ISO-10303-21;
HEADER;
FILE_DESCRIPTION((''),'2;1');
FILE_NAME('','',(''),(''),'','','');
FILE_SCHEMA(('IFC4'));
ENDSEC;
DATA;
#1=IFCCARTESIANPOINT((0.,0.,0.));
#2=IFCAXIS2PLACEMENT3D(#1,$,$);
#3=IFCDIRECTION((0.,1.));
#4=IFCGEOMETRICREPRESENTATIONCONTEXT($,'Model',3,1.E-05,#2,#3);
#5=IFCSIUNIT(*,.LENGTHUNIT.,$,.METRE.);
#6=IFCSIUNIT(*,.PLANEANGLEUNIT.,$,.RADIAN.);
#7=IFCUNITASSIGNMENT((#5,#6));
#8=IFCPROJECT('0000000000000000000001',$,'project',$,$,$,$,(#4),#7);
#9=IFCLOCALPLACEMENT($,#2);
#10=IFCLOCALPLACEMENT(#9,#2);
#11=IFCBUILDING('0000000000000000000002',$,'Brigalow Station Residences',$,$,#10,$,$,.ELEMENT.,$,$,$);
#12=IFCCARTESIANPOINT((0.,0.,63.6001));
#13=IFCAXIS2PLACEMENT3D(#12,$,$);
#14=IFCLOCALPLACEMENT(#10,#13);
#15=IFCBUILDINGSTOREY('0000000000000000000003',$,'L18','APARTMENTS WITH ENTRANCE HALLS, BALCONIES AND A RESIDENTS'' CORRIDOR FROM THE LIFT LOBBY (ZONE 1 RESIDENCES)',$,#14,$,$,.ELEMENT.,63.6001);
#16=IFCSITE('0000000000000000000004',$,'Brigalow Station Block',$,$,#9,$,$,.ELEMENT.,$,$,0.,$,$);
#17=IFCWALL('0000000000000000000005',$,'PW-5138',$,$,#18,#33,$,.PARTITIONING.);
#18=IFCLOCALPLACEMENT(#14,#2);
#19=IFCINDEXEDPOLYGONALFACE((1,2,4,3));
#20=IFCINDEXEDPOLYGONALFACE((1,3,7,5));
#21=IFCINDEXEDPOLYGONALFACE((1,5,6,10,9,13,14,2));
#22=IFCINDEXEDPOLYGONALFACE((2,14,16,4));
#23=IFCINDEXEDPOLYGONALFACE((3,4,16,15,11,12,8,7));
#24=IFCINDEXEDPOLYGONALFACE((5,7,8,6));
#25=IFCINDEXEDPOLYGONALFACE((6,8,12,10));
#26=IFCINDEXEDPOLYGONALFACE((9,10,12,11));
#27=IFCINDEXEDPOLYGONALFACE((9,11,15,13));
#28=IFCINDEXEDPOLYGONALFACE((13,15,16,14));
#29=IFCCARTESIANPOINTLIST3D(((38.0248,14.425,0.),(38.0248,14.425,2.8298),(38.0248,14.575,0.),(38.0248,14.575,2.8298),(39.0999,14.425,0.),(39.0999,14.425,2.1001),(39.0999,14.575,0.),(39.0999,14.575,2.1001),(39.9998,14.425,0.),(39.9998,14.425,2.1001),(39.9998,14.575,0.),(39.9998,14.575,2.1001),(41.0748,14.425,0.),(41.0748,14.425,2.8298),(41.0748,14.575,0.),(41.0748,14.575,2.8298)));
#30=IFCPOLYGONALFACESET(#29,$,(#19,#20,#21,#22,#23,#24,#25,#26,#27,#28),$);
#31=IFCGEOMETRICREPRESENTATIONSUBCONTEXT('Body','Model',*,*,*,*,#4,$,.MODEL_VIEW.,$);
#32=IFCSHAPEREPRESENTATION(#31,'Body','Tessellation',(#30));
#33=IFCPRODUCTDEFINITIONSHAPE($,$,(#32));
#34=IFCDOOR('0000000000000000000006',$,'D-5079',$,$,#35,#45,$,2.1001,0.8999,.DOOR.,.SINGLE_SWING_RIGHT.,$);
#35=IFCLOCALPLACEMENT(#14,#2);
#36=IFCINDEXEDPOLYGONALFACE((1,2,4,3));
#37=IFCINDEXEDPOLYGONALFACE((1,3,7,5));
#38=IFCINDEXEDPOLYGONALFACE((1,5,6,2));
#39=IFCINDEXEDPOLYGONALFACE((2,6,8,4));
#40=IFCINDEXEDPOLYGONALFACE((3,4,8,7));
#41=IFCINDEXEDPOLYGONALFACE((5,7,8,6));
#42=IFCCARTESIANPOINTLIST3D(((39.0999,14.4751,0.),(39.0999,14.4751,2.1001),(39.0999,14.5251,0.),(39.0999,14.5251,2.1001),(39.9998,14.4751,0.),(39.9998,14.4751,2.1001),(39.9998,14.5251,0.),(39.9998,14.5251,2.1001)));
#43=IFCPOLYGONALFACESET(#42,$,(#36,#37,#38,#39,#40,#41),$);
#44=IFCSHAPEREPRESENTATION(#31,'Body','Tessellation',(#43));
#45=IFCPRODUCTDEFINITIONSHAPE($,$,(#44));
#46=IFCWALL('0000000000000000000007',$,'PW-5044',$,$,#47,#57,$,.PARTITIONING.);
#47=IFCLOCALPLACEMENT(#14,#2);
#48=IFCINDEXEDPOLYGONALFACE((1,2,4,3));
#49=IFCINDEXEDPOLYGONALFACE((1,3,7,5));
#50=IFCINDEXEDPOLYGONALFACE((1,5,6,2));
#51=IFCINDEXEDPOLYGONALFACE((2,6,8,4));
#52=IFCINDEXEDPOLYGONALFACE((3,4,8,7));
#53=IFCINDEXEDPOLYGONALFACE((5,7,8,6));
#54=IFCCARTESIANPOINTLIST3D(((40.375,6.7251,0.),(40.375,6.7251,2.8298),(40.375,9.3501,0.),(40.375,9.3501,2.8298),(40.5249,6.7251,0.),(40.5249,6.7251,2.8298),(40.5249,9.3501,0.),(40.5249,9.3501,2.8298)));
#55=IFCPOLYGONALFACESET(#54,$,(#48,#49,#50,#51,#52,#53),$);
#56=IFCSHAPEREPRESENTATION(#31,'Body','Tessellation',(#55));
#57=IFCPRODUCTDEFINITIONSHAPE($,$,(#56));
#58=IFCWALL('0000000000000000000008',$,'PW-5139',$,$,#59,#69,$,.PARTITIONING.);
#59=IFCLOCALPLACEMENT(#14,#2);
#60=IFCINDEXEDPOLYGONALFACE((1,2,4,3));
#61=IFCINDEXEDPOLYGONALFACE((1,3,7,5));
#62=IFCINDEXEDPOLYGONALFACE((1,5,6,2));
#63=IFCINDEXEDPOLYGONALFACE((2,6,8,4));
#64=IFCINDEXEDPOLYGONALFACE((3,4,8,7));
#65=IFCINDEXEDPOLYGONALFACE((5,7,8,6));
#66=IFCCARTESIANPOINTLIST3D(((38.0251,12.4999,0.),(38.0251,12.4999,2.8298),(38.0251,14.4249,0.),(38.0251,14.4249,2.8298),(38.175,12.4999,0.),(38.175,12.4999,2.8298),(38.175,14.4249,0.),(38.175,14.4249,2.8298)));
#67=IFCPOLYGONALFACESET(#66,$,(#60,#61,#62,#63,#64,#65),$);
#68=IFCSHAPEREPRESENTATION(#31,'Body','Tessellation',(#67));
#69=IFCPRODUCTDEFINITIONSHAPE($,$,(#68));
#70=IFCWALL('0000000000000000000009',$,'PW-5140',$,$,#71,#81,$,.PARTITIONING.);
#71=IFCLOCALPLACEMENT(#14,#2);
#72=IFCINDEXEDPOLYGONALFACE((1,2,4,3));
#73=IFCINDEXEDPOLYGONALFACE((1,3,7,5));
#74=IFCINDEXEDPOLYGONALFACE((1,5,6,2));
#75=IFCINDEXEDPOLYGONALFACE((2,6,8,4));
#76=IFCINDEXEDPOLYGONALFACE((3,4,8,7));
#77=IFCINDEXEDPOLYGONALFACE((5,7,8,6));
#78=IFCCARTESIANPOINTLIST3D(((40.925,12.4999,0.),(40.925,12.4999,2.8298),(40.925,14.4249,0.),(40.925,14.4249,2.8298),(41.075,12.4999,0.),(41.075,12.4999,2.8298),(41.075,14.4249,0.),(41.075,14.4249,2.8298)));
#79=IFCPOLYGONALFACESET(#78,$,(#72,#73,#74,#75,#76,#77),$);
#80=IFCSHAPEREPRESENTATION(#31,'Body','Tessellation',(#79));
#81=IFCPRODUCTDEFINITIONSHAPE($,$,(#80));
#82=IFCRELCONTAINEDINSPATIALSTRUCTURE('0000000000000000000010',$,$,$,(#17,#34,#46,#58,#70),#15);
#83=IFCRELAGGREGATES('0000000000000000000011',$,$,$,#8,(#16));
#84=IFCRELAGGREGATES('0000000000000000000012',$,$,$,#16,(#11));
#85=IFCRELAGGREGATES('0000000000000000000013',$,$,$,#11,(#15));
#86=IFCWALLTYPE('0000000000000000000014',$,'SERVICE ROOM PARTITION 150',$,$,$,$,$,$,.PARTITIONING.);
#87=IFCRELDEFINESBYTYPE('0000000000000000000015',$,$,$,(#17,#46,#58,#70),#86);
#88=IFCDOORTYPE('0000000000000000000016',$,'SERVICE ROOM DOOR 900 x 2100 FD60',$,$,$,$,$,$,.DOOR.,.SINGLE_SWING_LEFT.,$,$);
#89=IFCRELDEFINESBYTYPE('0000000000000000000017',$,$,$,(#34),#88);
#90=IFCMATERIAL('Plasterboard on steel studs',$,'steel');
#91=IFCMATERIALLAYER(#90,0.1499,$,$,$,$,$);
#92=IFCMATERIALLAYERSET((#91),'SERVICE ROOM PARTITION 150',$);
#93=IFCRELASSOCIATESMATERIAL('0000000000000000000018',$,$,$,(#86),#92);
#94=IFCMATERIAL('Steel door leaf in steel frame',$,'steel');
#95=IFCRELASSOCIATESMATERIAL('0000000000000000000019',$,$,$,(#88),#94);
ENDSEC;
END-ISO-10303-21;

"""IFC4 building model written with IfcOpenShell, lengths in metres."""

from ifc_helpers import new_model, si_unit, direction, frame, frame_2d, origin, place, context, subcontext, project, spatial, rectangle, extrude, material, layer, layer_set, type_object, element, fill, save


model = new_model("IFC4")

# Units and contexts
model_context = context("Model", 3, precision=1e-05, world=origin(), true_north=direction((0.0, 1.0)))
body_context = subcontext(model_context, "Body", "Model", "MODEL_VIEW")
ifc_project = project(units=[si_unit("LENGTHUNIT", "METRE"), si_unit("PLANEANGLEUNIT", "RADIAN")], contexts=[model_context])

# Site, building, storey
site_placement = place(None, origin())
site = spatial("IfcSite", under=ifc_project, at=site_placement, Name="Brigalow Station Block", CompositionType="ELEMENT", RefElevation=0.0)
building_placement = place(site_placement, origin())
building = spatial("IfcBuilding", under=site, at=building_placement, Name="Brigalow Station Residences", CompositionType="ELEMENT")
storey_placement = place(building_placement, frame((0.0, 0.0, 63.6001)))
storey = spatial("IfcBuildingStorey", under=building, at=storey_placement, Name="L18", Description="APARTMENTS WITH ENTRANCE HALLS, BALCONIES AND A RESIDENTS' CORRIDOR FROM THE LIFT LOBBY (ZONE 1 RESIDENCES)", CompositionType="ELEMENT", Elevation=63.6001)

# Wall, opening, door
ifc_material_1 = material(Name="Plasterboard on steel studs", Category="steel")
ifc_layer_1 = layer(ifc_material_1, 0.1499)
ifc_layer_set_1 = layer_set([ifc_layer_1], Name="SERVICE ROOM PARTITION 150")
wall_type_1 = type_object("IfcWallType", Name="SERVICE ROOM PARTITION 150", PredefinedType="PARTITIONING", material=ifc_layer_set_1)
wall_1_placement = place(storey_placement, frame((38.0249, 14.5, 0.0), z_axis=(0.0, 0.0, 1.0), x_axis=(1.0, 0.0, 0.0)))
wall_1 = element("IfcWall", 1, at=wall_1_placement, inside=storey, type_object=wall_type_1, Name="PW-5138", PredefinedType="PARTITIONING", context=body_context, shape_type="SweptSolid", body=[
    extrude(rectangle(XDim=3.05, YDim=0.1499, at=frame_2d((1.5249, 0.0))), origin(), (0.0, 0.0, 1.0), 2.8298),
])
opening_1_placement = place(wall_1_placement, frame((1.075, 0.0, 0.0)))
opening_1 = element("IfcOpeningElement", 2, at=opening_1_placement, cuts=wall_1, PredefinedType="OPENING", context=body_context, shape_type="SweptSolid", body=[
    extrude(rectangle(XDim=0.8999, YDim=2.1001, at=frame_2d((0.45, 1.05))), frame((0.0, 0.085, 0.0), z_axis=(0.0, -1.0, 0.0), x_axis=(1.0, 0.0, 0.0)), (0.0, 0.0, 1.0), 0.1699),
])
ifc_material_2 = material(Name="Steel door leaf in steel frame", Category="steel")
door_type_1 = type_object("IfcDoorType", Name="SERVICE ROOM DOOR 900 x 2100 FD60", OperationType="SINGLE_SWING_LEFT", PredefinedType="DOOR", material=ifc_material_2)
door_1_placement = place(opening_1_placement, frame((0.8999, 0.0, 0.0), z_axis=(0.0, 0.0, 1.0), x_axis=(-1.0, 0.0, 0.0)))
door_1 = element("IfcDoor", 3, at=door_1_placement, inside=storey, type_object=door_type_1, Name="D-5079", OperationType="SINGLE_SWING_RIGHT", OverallHeight=2.1001, OverallWidth=0.8999, PredefinedType="DOOR", context=body_context, shape_type="SweptSolid", body=[
    extrude(rectangle(XDim=0.8999, YDim=2.1001, at=frame_2d((0.45, 1.05))), frame((0.0, 0.0249, 0.0), z_axis=(0.0, -1.0, 0.0), x_axis=(1.0, 0.0, 0.0)), (0.0, 0.0, 1.0), 0.05),
])
fill(opening_1, door_1)

# Walls
wall_2_placement = place(storey_placement, frame((40.45, 6.7251, 0.0), z_axis=(0.0, 0.0, 1.0), x_axis=(0.0, 1.0, 0.0)))
element("IfcWall", 4, at=wall_2_placement, inside=storey, type_object=wall_type_1, Name="PW-5044", PredefinedType="PARTITIONING", context=body_context, shape_type="SweptSolid", body=[
    extrude(rectangle(XDim=2.625, YDim=0.1499, at=frame_2d((1.3125, 0.0))), origin(), (0.0, 0.0, 1.0), 2.8298),
])
for number, where, z_axis, x_axis, name in (
    (5, (38.1001, 12.5, 0.0), (0.0, 0.0, 1.0), (0.0, 1.0, 0.0), "PW-5139"),
    (6, (41.0, 12.5, 0.0), (0.0, 0.0, 1.0), (0.0, 1.0, 0.0), "PW-5140"),
):
    element("IfcWall", number, at=place(storey_placement, frame(where, z_axis=z_axis, x_axis=x_axis)), inside=storey, type_object=wall_type_1, Name=name, PredefinedType="PARTITIONING", context=body_context, shape_type="SweptSolid", body=[
        extrude(rectangle(XDim=1.925, YDim=0.1499, at=frame_2d((0.9624, 0.0))), origin(), (0.0, 0.0, 1.0), 2.8298),
    ])

save(model, "model.ifc")
